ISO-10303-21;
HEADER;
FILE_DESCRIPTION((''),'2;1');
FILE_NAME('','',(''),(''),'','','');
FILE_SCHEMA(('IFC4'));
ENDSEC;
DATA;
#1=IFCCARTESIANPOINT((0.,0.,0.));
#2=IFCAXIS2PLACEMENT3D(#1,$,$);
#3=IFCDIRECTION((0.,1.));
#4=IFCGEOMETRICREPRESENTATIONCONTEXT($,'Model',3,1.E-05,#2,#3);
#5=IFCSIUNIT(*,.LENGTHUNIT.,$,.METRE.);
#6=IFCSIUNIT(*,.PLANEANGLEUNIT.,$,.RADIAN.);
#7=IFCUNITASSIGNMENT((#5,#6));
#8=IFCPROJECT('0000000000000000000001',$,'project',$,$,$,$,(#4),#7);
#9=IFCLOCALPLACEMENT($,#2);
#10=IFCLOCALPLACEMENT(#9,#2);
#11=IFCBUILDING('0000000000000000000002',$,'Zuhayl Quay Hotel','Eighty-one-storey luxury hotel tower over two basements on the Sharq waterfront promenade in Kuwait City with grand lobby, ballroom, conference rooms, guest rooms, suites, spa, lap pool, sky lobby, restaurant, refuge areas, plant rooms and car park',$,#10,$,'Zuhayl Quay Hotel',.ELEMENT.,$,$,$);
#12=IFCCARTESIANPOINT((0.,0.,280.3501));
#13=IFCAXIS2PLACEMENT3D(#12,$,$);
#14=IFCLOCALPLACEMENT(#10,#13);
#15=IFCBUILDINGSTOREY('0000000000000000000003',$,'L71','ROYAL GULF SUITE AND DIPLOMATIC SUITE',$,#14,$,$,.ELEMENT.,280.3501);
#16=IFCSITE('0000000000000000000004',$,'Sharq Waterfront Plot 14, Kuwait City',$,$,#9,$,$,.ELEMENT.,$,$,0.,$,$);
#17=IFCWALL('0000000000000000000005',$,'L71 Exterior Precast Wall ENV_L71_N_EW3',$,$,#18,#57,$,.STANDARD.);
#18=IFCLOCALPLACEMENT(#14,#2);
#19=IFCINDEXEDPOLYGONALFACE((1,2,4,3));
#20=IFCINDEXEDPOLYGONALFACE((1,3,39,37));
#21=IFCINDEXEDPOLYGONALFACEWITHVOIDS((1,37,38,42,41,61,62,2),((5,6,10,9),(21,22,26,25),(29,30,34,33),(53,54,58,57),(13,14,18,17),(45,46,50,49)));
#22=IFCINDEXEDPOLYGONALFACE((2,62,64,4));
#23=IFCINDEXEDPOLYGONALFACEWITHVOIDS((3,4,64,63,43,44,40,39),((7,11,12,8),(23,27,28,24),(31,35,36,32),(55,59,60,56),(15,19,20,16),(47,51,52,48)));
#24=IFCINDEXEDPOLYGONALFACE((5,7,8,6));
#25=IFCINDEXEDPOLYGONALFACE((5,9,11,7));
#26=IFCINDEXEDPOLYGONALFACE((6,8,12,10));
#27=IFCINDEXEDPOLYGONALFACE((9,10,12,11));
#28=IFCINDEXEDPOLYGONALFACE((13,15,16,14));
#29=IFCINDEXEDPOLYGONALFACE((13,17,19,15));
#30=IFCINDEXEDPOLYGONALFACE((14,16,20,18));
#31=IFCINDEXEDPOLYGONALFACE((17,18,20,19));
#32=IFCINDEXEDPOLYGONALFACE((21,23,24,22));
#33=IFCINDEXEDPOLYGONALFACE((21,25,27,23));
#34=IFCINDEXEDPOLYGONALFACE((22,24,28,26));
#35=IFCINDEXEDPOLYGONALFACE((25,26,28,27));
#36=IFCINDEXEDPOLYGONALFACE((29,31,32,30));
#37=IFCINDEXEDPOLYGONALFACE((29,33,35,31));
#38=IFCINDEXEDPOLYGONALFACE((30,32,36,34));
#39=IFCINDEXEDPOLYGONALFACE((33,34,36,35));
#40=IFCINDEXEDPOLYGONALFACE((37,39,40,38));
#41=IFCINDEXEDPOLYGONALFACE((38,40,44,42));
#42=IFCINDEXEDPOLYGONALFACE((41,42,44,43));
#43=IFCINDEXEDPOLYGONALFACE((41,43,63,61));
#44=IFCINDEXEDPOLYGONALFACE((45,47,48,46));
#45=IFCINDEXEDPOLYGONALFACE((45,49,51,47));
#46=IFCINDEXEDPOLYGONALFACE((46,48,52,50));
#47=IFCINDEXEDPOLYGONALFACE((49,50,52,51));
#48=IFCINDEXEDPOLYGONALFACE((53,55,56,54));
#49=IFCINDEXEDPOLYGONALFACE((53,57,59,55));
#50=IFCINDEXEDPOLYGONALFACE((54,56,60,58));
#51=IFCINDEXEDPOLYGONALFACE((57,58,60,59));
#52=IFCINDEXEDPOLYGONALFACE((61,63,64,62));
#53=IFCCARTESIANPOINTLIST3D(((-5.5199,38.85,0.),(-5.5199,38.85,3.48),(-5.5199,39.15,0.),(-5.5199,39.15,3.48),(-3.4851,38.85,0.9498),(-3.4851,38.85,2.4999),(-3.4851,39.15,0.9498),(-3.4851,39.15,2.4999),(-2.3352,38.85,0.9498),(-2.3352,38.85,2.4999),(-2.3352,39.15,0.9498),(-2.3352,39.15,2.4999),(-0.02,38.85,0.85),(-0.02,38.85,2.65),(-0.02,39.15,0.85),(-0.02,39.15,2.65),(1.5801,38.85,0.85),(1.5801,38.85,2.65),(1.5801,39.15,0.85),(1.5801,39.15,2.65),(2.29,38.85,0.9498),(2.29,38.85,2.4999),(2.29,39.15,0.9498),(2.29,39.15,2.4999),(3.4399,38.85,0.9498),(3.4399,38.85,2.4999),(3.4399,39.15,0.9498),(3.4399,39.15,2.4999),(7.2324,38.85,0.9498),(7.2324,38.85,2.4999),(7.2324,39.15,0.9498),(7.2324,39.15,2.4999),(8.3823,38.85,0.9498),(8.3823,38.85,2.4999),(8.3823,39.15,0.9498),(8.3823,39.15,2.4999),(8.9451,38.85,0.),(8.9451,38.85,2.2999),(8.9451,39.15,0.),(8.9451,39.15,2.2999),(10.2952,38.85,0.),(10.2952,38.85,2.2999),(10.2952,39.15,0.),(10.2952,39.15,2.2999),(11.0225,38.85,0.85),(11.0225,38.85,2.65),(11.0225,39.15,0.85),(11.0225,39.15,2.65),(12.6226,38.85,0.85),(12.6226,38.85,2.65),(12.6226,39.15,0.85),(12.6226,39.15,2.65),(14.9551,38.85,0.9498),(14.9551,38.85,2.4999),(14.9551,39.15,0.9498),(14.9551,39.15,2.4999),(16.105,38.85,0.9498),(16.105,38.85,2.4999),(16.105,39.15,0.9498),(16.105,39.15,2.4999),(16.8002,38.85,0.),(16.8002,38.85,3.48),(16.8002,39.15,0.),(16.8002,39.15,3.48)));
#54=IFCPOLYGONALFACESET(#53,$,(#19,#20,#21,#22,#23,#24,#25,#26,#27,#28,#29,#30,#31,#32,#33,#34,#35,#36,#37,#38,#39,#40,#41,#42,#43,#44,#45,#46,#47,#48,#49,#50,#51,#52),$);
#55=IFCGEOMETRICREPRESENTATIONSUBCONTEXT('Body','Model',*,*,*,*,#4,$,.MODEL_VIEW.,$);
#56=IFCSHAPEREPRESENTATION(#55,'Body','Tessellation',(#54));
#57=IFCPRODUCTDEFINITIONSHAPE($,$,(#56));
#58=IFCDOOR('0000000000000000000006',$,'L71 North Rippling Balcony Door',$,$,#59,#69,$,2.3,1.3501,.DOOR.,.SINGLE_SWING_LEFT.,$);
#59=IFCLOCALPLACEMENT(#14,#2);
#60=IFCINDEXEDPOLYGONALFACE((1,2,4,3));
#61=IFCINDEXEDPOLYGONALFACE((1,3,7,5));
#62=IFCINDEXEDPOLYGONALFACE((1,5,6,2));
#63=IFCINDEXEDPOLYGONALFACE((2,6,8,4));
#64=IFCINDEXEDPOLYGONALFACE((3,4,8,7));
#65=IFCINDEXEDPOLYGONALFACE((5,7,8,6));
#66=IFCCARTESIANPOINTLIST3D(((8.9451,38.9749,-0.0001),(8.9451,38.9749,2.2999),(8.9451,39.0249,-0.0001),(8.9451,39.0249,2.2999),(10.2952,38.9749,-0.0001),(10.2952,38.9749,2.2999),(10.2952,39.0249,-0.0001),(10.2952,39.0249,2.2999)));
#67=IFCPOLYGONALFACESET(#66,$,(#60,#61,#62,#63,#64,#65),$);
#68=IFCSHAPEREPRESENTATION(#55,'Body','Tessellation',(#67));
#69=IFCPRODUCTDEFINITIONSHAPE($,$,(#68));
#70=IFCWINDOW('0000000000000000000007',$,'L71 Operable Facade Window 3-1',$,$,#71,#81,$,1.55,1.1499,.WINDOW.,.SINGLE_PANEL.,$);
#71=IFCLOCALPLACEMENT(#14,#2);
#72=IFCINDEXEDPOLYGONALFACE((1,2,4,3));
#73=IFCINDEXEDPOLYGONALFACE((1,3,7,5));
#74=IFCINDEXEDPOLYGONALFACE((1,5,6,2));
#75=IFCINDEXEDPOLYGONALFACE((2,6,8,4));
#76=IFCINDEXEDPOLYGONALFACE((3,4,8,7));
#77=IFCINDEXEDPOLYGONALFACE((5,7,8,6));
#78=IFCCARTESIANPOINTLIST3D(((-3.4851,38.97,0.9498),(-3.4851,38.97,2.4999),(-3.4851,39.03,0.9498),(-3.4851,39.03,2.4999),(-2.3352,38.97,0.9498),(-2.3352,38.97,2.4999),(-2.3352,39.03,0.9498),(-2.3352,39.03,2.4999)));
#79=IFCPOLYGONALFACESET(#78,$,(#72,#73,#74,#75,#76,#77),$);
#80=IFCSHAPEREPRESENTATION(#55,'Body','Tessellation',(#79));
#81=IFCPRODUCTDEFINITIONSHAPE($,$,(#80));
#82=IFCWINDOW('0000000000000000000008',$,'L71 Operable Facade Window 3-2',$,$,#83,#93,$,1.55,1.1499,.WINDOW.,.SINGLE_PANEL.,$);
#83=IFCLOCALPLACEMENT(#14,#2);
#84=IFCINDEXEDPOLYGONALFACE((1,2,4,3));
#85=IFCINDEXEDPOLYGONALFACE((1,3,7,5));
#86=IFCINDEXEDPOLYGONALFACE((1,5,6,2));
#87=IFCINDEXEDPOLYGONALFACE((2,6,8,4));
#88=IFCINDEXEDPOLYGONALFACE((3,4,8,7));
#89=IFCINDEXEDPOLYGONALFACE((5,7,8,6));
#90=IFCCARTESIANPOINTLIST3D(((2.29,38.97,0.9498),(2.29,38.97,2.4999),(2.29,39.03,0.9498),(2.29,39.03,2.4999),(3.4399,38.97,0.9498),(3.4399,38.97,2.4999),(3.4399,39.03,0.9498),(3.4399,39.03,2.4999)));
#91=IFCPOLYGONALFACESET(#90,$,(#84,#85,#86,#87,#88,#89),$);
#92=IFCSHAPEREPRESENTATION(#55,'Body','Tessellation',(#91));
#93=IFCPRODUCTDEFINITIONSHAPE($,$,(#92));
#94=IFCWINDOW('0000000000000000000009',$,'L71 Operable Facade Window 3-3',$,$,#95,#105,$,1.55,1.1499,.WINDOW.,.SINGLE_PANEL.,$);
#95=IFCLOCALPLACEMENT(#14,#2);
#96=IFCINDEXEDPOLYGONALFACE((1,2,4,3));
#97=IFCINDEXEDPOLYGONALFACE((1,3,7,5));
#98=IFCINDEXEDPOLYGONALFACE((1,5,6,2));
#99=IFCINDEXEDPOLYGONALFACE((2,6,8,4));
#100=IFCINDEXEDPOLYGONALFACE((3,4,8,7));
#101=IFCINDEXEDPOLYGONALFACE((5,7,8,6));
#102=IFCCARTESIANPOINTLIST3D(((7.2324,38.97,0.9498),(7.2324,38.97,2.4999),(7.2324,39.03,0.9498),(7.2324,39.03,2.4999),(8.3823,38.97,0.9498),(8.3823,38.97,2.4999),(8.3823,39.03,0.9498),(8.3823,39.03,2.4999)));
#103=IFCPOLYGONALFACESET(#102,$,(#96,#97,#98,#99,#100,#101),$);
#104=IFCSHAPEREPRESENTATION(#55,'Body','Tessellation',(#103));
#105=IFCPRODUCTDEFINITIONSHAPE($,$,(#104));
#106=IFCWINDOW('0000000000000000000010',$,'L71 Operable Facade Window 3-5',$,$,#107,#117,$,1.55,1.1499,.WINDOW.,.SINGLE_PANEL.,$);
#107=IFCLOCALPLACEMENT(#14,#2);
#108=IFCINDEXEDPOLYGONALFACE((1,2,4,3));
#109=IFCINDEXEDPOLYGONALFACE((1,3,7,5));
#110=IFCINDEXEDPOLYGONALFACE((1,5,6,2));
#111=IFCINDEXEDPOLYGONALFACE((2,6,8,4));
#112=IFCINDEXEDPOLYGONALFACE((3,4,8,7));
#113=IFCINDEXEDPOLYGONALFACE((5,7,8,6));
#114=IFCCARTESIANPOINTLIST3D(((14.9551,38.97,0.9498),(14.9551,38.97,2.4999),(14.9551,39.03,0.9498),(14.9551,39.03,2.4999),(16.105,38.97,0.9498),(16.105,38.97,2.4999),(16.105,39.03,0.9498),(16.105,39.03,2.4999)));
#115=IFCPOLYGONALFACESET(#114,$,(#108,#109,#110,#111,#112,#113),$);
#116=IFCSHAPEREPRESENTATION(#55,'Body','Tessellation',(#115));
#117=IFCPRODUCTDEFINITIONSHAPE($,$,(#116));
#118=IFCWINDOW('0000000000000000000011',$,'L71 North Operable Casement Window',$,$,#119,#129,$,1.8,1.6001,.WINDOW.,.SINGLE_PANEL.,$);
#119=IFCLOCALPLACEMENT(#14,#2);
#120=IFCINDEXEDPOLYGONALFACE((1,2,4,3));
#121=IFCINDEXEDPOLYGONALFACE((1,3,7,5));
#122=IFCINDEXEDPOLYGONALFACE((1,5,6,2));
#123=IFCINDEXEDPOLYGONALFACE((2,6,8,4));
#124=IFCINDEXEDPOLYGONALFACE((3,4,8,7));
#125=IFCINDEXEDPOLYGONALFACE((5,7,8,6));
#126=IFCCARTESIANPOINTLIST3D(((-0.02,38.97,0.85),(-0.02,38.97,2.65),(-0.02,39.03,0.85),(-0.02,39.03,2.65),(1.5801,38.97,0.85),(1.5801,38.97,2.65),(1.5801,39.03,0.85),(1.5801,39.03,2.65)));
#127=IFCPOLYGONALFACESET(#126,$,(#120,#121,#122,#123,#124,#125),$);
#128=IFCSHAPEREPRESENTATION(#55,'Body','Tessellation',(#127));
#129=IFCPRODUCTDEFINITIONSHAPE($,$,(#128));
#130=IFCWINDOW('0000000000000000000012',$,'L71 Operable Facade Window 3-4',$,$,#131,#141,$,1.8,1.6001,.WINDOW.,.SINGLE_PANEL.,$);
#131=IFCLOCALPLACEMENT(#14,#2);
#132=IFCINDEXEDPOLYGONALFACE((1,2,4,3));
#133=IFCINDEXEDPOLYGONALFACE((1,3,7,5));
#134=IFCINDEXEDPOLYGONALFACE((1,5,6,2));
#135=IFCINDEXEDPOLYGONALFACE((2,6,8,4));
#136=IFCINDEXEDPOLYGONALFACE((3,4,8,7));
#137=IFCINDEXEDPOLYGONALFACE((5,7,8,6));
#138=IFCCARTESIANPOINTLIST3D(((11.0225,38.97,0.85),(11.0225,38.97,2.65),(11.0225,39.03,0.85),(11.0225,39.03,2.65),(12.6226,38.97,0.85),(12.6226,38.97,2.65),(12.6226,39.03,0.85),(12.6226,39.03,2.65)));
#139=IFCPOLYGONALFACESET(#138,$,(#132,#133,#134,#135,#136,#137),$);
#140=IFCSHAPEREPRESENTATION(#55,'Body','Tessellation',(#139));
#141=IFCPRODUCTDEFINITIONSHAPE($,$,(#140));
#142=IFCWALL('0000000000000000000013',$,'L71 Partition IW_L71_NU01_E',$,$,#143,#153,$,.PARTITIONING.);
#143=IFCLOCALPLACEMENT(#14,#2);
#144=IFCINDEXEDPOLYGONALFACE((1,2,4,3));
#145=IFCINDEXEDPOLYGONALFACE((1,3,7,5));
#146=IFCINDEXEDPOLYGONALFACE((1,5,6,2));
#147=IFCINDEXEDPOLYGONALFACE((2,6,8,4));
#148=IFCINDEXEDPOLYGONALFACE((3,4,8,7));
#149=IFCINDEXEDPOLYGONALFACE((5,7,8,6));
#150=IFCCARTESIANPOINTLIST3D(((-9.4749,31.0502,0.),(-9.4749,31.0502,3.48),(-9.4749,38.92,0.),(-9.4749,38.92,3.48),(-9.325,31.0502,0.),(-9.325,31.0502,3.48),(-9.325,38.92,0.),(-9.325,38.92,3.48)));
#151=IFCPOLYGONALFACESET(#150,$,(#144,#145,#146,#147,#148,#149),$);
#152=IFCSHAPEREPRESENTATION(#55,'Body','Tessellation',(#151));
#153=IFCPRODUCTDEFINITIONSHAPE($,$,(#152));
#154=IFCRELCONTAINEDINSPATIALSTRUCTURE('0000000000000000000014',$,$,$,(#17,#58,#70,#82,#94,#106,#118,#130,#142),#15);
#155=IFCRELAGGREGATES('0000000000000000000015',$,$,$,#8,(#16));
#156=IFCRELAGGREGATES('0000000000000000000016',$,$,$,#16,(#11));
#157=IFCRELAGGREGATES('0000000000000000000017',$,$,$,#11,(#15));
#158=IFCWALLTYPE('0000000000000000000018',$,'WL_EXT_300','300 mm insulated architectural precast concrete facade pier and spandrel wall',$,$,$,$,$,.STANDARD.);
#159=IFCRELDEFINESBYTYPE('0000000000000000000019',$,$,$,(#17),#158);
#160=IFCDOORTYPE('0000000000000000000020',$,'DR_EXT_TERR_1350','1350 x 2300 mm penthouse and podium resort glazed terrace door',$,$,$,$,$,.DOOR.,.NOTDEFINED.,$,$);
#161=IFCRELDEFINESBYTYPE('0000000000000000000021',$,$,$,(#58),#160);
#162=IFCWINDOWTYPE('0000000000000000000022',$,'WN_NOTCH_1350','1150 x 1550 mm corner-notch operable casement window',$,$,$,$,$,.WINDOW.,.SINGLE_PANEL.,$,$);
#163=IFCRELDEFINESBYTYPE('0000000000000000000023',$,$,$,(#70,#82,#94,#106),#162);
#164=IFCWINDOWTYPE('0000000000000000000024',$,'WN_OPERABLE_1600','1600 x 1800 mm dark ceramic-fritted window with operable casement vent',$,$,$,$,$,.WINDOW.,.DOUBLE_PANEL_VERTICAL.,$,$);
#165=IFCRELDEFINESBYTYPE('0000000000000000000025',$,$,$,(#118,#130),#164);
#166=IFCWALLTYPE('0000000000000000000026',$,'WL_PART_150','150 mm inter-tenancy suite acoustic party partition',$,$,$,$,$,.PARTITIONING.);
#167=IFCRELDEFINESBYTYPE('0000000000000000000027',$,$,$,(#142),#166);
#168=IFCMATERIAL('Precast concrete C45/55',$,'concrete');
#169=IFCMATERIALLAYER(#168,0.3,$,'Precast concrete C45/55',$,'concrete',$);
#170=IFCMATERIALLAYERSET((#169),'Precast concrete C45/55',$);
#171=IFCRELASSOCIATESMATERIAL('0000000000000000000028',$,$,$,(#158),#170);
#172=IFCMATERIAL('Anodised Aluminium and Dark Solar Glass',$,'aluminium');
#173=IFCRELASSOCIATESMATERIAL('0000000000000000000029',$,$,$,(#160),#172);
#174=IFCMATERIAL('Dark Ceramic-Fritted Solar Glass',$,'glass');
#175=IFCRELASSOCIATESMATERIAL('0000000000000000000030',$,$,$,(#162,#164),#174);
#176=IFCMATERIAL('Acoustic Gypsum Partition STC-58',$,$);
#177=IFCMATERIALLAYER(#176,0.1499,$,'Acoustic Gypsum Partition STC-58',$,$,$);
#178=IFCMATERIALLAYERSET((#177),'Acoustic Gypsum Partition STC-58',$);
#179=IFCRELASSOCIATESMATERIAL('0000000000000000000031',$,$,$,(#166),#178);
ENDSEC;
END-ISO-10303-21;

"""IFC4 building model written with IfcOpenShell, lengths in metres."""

from ifc_helpers import new_model, si_unit, direction, frame, frame_2d, origin, place, context, subcontext, project, spatial, rectangle, extrude, material, layer, layer_set, type_object, element, fill, save


model = new_model("IFC4")

# Units and contexts
model_context = context("Model", 3, precision=1e-05, world=origin(), true_north=direction((0.0, 1.0)))
body_context = subcontext(model_context, "Body", "Model", "MODEL_VIEW")
ifc_project = project(units=[si_unit("LENGTHUNIT", "METRE"), si_unit("PLANEANGLEUNIT", "RADIAN")], contexts=[model_context])

# Site, building, storey
site_placement = place(None, origin())
site = spatial("IfcSite", under=ifc_project, at=site_placement, Name="Sharq Waterfront Plot 14, Kuwait City", CompositionType="ELEMENT", RefElevation=0.0)
building_placement = place(site_placement, origin())
building = spatial("IfcBuilding", under=site, at=building_placement, Name="Zuhayl Quay Hotel", Description="Eighty-one-storey luxury hotel tower over two basements on the Sharq waterfront promenade in Kuwait City with grand lobby, ballroom, conference rooms, guest rooms, suites, spa, lap pool, sky lobby, restaurant, refuge areas, plant rooms and car park", LongName="Zuhayl Quay Hotel", CompositionType="ELEMENT")
storey_placement = place(building_placement, frame((0.0, 0.0, 280.3501)))
storey = spatial("IfcBuildingStorey", under=building, at=storey_placement, Name="L71", Description="ROYAL GULF SUITE AND DIPLOMATIC SUITE", CompositionType="ELEMENT", Elevation=280.3501)

# Shared definitions
ifc_material_1 = material(Name="Dark Ceramic-Fritted Solar Glass", Category="glass")

# Wall, openings, door, windows
ifc_material_2 = material(Name="Precast concrete C45/55", Category="concrete")
ifc_layer_1 = layer(ifc_material_2, 0.3, Name="Precast concrete C45/55", Category="concrete")
ifc_layer_set_1 = layer_set([ifc_layer_1], Name="Precast concrete C45/55")
wall_type_1 = type_object("IfcWallType", Name="WL_EXT_300", Description="300 mm insulated architectural precast concrete facade pier and spandrel wall", PredefinedType="STANDARD", material=ifc_layer_set_1)
wall_1_placement = place(storey_placement, frame((-5.52, 39.0, 0.0), z_axis=(0.0, 0.0, 1.0), x_axis=(1.0, 0.0, 0.0)))
wall_1 = element("IfcWall", 1, at=wall_1_placement, inside=storey, type_object=wall_type_1, Name="L71 Exterior Precast Wall ENV_L71_N_EW3", PredefinedType="STANDARD", context=body_context, shape_type="SweptSolid", body=[
    extrude(rectangle(XDim=22.3201, YDim=0.3, at=frame_2d((11.1602, 0.0))), origin(), (0.0, 0.0, 1.0), 3.48),
])
opening_1_placement = place(wall_1_placement, frame((14.4651, 0.0, 0.0)))
opening_1 = element("IfcOpeningElement", 2, at=opening_1_placement, cuts=wall_1, PredefinedType="OPENING", context=body_context, shape_type="SweptSolid", body=[
    extrude(rectangle(XDim=1.3501, YDim=2.3, at=frame_2d((0.675, 1.1499))), frame((0.0, 0.1599, 0.0), z_axis=(0.0, -1.0, 0.0), x_axis=(1.0, 0.0, 0.0)), (0.0, 0.0, 1.0), 0.3201),
])
opening_2_placement = place(wall_1_placement, frame((5.5, 0.0, 0.8501)))
opening_2 = element("IfcOpeningElement", 3, at=opening_2_placement, cuts=wall_1, PredefinedType="OPENING", context=body_context, shape_type="SweptSolid", body=[
    extrude(rectangle(XDim=1.6001, YDim=1.8, at=frame_2d((0.8, 0.8999))), frame((0.0, 0.1599, 0.0), z_axis=(0.0, -1.0, 0.0), x_axis=(1.0, 0.0, 0.0)), (0.0, 0.0, 1.0), 0.3201),
])
opening_3_placement = place(wall_1_placement, frame((2.0349, 0.0, 0.95)))
opening_3 = element("IfcOpeningElement", 4, at=opening_3_placement, cuts=wall_1, PredefinedType="OPENING", context=body_context, shape_type="SweptSolid", body=[
    extrude(rectangle(XDim=1.1499, YDim=1.55, at=frame_2d((0.575, 0.7749))), frame((0.0, 0.1599, 0.0), z_axis=(0.0, -1.0, 0.0), x_axis=(1.0, 0.0, 0.0)), (0.0, 0.0, 1.0), 0.3201),
])
opening_4_placement = place(wall_1_placement, frame((7.8101, 0.0, 0.95)))
opening_4 = element("IfcOpeningElement", 5, at=opening_4_placement, cuts=wall_1, PredefinedType="OPENING", context=body_context, shape_type="SweptSolid", body=[
    extrude(rectangle(XDim=1.1499, YDim=1.55, at=frame_2d((0.575, 0.7749))), frame((0.0, 0.1599, 0.0), z_axis=(0.0, -1.0, 0.0), x_axis=(1.0, 0.0, 0.0)), (0.0, 0.0, 1.0), 0.3201),
])
opening_5_placement = place(wall_1_placement, frame((12.7524, 0.0, 0.95)))
opening_5 = element("IfcOpeningElement", 6, at=opening_5_placement, cuts=wall_1, PredefinedType="OPENING", context=body_context, shape_type="SweptSolid", body=[
    extrude(rectangle(XDim=1.1499, YDim=1.55, at=frame_2d((0.575, 0.7749))), frame((0.0, 0.1599, 0.0), z_axis=(0.0, -1.0, 0.0), x_axis=(1.0, 0.0, 0.0)), (0.0, 0.0, 1.0), 0.3201),
])
opening_6_placement = place(wall_1_placement, frame((16.5425, 0.0, 0.8501)))
opening_6 = element("IfcOpeningElement", 7, at=opening_6_placement, cuts=wall_1, PredefinedType="OPENING", context=body_context, shape_type="SweptSolid", body=[
    extrude(rectangle(XDim=1.6001, YDim=1.8, at=frame_2d((0.8, 0.8999))), frame((0.0, 0.1599, 0.0), z_axis=(0.0, -1.0, 0.0), x_axis=(1.0, 0.0, 0.0)), (0.0, 0.0, 1.0), 0.3201),
])
opening_7_placement = place(wall_1_placement, frame((20.4751, 0.0, 0.95)))
opening_7 = element("IfcOpeningElement", 8, at=opening_7_placement, cuts=wall_1, PredefinedType="OPENING", context=body_context, shape_type="SweptSolid", body=[
    extrude(rectangle(XDim=1.1499, YDim=1.55, at=frame_2d((0.575, 0.7749))), frame((0.0, 0.1599, 0.0), z_axis=(0.0, -1.0, 0.0), x_axis=(1.0, 0.0, 0.0)), (0.0, 0.0, 1.0), 0.3201),
])
ifc_material_3 = material(Name="Anodised Aluminium and Dark Solar Glass", Category="aluminium")
door_type_1 = type_object("IfcDoorType", Name="DR_EXT_TERR_1350", Description="1350 x 2300 mm penthouse and podium resort glazed terrace door", OperationType="NOTDEFINED", PredefinedType="DOOR", material=ifc_material_3)
door_1_placement = place(opening_1_placement, origin())
door_1 = element("IfcDoor", 9, at=door_1_placement, inside=storey, type_object=door_type_1, Name="L71 North Rippling Balcony Door", OperationType="SINGLE_SWING_LEFT", OverallHeight=2.3, OverallWidth=1.3501, PredefinedType="DOOR", context=body_context, shape_type="SweptSolid", body=[
    extrude(rectangle(XDim=1.3501, YDim=2.3, at=frame_2d((0.675, 1.1499))), frame((0.0, 0.0249, 0.0), z_axis=(0.0, -1.0, 0.0), x_axis=(1.0, 0.0, 0.0)), (0.0, 0.0, 1.0), 0.05),
])
fill(opening_1, door_1)
window_type_1 = type_object("IfcWindowType", Name="WN_NOTCH_1350", Description="1150 x 1550 mm corner-notch operable casement window", PartitioningType="SINGLE_PANEL", PredefinedType="WINDOW", material=ifc_material_1)
window_1_placement = place(opening_3_placement, origin())
window_1 = element("IfcWindow", 10, at=window_1_placement, inside=storey, type_object=window_type_1, Name="L71 Operable Facade Window 3-1", OverallHeight=1.55, OverallWidth=1.1499, PartitioningType="SINGLE_PANEL", PredefinedType="WINDOW", context=body_context, shape_type="SweptSolid", body=[
    extrude(rectangle(XDim=1.1499, YDim=1.55, at=frame_2d((0.575, 0.7749))), frame((0.0, 0.03, 0.0), z_axis=(0.0, -1.0, 0.0), x_axis=(1.0, 0.0, 0.0)), (0.0, 0.0, 1.0), 0.0601),
])
fill(opening_3, window_1)
window_2_placement = place(opening_4_placement, origin())
window_2 = element("IfcWindow", 11, at=window_2_placement, inside=storey, type_object=window_type_1, Name="L71 Operable Facade Window 3-2", OverallHeight=1.55, OverallWidth=1.1499, PartitioningType="SINGLE_PANEL", PredefinedType="WINDOW", context=body_context, shape_type="SweptSolid", body=[
    extrude(rectangle(XDim=1.1499, YDim=1.55, at=frame_2d((0.575, 0.7749))), frame((0.0, 0.03, 0.0), z_axis=(0.0, -1.0, 0.0), x_axis=(1.0, 0.0, 0.0)), (0.0, 0.0, 1.0), 0.0601),
])
fill(opening_4, window_2)
window_3_placement = place(opening_5_placement, origin())
window_3 = element("IfcWindow", 12, at=window_3_placement, inside=storey, type_object=window_type_1, Name="L71 Operable Facade Window 3-3", OverallHeight=1.55, OverallWidth=1.1499, PartitioningType="SINGLE_PANEL", PredefinedType="WINDOW", context=body_context, shape_type="SweptSolid", body=[
    extrude(rectangle(XDim=1.1499, YDim=1.55, at=frame_2d((0.575, 0.7749))), frame((0.0, 0.03, 0.0), z_axis=(0.0, -1.0, 0.0), x_axis=(1.0, 0.0, 0.0)), (0.0, 0.0, 1.0), 0.0601),
])
fill(opening_5, window_3)
window_4_placement = place(opening_7_placement, origin())
window_4 = element("IfcWindow", 13, at=window_4_placement, inside=storey, type_object=window_type_1, Name="L71 Operable Facade Window 3-5", OverallHeight=1.55, OverallWidth=1.1499, PartitioningType="SINGLE_PANEL", PredefinedType="WINDOW", context=body_context, shape_type="SweptSolid", body=[
    extrude(rectangle(XDim=1.1499, YDim=1.55, at=frame_2d((0.575, 0.7749))), frame((0.0, 0.03, 0.0), z_axis=(0.0, -1.0, 0.0), x_axis=(1.0, 0.0, 0.0)), (0.0, 0.0, 1.0), 0.0601),
])
fill(opening_7, window_4)
window_type_2 = type_object("IfcWindowType", Name="WN_OPERABLE_1600", Description="1600 x 1800 mm dark ceramic-fritted window with operable casement vent", PartitioningType="DOUBLE_PANEL_VERTICAL", PredefinedType="WINDOW", material=ifc_material_1)
window_5_placement = place(opening_2_placement, origin())
window_5 = element("IfcWindow", 14, at=window_5_placement, inside=storey, type_object=window_type_2, Name="L71 North Operable Casement Window", OverallHeight=1.8, OverallWidth=1.6001, PartitioningType="SINGLE_PANEL", PredefinedType="WINDOW", context=body_context, shape_type="SweptSolid", body=[
    extrude(rectangle(XDim=1.6001, YDim=1.8, at=frame_2d((0.8, 0.8999))), frame((0.0, 0.03, 0.0), z_axis=(0.0, -1.0, 0.0), x_axis=(1.0, 0.0, 0.0)), (0.0, 0.0, 1.0), 0.0601),
])
fill(opening_2, window_5)
window_6_placement = place(opening_6_placement, origin())
window_6 = element("IfcWindow", 15, at=window_6_placement, inside=storey, type_object=window_type_2, Name="L71 Operable Facade Window 3-4", OverallHeight=1.8, OverallWidth=1.6001, PartitioningType="SINGLE_PANEL", PredefinedType="WINDOW", context=body_context, shape_type="SweptSolid", body=[
    extrude(rectangle(XDim=1.6001, YDim=1.8, at=frame_2d((0.8, 0.8999))), frame((0.0, 0.03, 0.0), z_axis=(0.0, -1.0, 0.0), x_axis=(1.0, 0.0, 0.0)), (0.0, 0.0, 1.0), 0.0601),
])
fill(opening_6, window_6)

# Wall
ifc_material_4 = material(Name="Acoustic Gypsum Partition STC-58")
ifc_layer_2 = layer(ifc_material_4, 0.1499, Name="Acoustic Gypsum Partition STC-58")
ifc_layer_set_2 = layer_set([ifc_layer_2], Name="Acoustic Gypsum Partition STC-58")
wall_type_2 = type_object("IfcWallType", Name="WL_PART_150", Description="150 mm inter-tenancy suite acoustic party partition", PredefinedType="PARTITIONING", material=ifc_layer_set_2)
for number, where, z_axis, x_axis, name in (
    (16, (-9.3999, 31.05, 0.0), (0.0, 0.0, 1.0), (0.0, 1.0, 0.0), "L71 Partition IW_L71_NU01_E"),
):
    element("IfcWall", number, at=place(storey_placement, frame(where, z_axis=z_axis, x_axis=x_axis)), inside=storey, type_object=wall_type_2, Name=name, PredefinedType="PARTITIONING", context=body_context, shape_type="SweptSolid", body=[
        extrude(rectangle(XDim=7.8699, YDim=0.1499, at=frame_2d((3.9351, 0.0))), origin(), (0.0, 0.0, 1.0), 3.48),
    ])

save(model, "model.ifc")
